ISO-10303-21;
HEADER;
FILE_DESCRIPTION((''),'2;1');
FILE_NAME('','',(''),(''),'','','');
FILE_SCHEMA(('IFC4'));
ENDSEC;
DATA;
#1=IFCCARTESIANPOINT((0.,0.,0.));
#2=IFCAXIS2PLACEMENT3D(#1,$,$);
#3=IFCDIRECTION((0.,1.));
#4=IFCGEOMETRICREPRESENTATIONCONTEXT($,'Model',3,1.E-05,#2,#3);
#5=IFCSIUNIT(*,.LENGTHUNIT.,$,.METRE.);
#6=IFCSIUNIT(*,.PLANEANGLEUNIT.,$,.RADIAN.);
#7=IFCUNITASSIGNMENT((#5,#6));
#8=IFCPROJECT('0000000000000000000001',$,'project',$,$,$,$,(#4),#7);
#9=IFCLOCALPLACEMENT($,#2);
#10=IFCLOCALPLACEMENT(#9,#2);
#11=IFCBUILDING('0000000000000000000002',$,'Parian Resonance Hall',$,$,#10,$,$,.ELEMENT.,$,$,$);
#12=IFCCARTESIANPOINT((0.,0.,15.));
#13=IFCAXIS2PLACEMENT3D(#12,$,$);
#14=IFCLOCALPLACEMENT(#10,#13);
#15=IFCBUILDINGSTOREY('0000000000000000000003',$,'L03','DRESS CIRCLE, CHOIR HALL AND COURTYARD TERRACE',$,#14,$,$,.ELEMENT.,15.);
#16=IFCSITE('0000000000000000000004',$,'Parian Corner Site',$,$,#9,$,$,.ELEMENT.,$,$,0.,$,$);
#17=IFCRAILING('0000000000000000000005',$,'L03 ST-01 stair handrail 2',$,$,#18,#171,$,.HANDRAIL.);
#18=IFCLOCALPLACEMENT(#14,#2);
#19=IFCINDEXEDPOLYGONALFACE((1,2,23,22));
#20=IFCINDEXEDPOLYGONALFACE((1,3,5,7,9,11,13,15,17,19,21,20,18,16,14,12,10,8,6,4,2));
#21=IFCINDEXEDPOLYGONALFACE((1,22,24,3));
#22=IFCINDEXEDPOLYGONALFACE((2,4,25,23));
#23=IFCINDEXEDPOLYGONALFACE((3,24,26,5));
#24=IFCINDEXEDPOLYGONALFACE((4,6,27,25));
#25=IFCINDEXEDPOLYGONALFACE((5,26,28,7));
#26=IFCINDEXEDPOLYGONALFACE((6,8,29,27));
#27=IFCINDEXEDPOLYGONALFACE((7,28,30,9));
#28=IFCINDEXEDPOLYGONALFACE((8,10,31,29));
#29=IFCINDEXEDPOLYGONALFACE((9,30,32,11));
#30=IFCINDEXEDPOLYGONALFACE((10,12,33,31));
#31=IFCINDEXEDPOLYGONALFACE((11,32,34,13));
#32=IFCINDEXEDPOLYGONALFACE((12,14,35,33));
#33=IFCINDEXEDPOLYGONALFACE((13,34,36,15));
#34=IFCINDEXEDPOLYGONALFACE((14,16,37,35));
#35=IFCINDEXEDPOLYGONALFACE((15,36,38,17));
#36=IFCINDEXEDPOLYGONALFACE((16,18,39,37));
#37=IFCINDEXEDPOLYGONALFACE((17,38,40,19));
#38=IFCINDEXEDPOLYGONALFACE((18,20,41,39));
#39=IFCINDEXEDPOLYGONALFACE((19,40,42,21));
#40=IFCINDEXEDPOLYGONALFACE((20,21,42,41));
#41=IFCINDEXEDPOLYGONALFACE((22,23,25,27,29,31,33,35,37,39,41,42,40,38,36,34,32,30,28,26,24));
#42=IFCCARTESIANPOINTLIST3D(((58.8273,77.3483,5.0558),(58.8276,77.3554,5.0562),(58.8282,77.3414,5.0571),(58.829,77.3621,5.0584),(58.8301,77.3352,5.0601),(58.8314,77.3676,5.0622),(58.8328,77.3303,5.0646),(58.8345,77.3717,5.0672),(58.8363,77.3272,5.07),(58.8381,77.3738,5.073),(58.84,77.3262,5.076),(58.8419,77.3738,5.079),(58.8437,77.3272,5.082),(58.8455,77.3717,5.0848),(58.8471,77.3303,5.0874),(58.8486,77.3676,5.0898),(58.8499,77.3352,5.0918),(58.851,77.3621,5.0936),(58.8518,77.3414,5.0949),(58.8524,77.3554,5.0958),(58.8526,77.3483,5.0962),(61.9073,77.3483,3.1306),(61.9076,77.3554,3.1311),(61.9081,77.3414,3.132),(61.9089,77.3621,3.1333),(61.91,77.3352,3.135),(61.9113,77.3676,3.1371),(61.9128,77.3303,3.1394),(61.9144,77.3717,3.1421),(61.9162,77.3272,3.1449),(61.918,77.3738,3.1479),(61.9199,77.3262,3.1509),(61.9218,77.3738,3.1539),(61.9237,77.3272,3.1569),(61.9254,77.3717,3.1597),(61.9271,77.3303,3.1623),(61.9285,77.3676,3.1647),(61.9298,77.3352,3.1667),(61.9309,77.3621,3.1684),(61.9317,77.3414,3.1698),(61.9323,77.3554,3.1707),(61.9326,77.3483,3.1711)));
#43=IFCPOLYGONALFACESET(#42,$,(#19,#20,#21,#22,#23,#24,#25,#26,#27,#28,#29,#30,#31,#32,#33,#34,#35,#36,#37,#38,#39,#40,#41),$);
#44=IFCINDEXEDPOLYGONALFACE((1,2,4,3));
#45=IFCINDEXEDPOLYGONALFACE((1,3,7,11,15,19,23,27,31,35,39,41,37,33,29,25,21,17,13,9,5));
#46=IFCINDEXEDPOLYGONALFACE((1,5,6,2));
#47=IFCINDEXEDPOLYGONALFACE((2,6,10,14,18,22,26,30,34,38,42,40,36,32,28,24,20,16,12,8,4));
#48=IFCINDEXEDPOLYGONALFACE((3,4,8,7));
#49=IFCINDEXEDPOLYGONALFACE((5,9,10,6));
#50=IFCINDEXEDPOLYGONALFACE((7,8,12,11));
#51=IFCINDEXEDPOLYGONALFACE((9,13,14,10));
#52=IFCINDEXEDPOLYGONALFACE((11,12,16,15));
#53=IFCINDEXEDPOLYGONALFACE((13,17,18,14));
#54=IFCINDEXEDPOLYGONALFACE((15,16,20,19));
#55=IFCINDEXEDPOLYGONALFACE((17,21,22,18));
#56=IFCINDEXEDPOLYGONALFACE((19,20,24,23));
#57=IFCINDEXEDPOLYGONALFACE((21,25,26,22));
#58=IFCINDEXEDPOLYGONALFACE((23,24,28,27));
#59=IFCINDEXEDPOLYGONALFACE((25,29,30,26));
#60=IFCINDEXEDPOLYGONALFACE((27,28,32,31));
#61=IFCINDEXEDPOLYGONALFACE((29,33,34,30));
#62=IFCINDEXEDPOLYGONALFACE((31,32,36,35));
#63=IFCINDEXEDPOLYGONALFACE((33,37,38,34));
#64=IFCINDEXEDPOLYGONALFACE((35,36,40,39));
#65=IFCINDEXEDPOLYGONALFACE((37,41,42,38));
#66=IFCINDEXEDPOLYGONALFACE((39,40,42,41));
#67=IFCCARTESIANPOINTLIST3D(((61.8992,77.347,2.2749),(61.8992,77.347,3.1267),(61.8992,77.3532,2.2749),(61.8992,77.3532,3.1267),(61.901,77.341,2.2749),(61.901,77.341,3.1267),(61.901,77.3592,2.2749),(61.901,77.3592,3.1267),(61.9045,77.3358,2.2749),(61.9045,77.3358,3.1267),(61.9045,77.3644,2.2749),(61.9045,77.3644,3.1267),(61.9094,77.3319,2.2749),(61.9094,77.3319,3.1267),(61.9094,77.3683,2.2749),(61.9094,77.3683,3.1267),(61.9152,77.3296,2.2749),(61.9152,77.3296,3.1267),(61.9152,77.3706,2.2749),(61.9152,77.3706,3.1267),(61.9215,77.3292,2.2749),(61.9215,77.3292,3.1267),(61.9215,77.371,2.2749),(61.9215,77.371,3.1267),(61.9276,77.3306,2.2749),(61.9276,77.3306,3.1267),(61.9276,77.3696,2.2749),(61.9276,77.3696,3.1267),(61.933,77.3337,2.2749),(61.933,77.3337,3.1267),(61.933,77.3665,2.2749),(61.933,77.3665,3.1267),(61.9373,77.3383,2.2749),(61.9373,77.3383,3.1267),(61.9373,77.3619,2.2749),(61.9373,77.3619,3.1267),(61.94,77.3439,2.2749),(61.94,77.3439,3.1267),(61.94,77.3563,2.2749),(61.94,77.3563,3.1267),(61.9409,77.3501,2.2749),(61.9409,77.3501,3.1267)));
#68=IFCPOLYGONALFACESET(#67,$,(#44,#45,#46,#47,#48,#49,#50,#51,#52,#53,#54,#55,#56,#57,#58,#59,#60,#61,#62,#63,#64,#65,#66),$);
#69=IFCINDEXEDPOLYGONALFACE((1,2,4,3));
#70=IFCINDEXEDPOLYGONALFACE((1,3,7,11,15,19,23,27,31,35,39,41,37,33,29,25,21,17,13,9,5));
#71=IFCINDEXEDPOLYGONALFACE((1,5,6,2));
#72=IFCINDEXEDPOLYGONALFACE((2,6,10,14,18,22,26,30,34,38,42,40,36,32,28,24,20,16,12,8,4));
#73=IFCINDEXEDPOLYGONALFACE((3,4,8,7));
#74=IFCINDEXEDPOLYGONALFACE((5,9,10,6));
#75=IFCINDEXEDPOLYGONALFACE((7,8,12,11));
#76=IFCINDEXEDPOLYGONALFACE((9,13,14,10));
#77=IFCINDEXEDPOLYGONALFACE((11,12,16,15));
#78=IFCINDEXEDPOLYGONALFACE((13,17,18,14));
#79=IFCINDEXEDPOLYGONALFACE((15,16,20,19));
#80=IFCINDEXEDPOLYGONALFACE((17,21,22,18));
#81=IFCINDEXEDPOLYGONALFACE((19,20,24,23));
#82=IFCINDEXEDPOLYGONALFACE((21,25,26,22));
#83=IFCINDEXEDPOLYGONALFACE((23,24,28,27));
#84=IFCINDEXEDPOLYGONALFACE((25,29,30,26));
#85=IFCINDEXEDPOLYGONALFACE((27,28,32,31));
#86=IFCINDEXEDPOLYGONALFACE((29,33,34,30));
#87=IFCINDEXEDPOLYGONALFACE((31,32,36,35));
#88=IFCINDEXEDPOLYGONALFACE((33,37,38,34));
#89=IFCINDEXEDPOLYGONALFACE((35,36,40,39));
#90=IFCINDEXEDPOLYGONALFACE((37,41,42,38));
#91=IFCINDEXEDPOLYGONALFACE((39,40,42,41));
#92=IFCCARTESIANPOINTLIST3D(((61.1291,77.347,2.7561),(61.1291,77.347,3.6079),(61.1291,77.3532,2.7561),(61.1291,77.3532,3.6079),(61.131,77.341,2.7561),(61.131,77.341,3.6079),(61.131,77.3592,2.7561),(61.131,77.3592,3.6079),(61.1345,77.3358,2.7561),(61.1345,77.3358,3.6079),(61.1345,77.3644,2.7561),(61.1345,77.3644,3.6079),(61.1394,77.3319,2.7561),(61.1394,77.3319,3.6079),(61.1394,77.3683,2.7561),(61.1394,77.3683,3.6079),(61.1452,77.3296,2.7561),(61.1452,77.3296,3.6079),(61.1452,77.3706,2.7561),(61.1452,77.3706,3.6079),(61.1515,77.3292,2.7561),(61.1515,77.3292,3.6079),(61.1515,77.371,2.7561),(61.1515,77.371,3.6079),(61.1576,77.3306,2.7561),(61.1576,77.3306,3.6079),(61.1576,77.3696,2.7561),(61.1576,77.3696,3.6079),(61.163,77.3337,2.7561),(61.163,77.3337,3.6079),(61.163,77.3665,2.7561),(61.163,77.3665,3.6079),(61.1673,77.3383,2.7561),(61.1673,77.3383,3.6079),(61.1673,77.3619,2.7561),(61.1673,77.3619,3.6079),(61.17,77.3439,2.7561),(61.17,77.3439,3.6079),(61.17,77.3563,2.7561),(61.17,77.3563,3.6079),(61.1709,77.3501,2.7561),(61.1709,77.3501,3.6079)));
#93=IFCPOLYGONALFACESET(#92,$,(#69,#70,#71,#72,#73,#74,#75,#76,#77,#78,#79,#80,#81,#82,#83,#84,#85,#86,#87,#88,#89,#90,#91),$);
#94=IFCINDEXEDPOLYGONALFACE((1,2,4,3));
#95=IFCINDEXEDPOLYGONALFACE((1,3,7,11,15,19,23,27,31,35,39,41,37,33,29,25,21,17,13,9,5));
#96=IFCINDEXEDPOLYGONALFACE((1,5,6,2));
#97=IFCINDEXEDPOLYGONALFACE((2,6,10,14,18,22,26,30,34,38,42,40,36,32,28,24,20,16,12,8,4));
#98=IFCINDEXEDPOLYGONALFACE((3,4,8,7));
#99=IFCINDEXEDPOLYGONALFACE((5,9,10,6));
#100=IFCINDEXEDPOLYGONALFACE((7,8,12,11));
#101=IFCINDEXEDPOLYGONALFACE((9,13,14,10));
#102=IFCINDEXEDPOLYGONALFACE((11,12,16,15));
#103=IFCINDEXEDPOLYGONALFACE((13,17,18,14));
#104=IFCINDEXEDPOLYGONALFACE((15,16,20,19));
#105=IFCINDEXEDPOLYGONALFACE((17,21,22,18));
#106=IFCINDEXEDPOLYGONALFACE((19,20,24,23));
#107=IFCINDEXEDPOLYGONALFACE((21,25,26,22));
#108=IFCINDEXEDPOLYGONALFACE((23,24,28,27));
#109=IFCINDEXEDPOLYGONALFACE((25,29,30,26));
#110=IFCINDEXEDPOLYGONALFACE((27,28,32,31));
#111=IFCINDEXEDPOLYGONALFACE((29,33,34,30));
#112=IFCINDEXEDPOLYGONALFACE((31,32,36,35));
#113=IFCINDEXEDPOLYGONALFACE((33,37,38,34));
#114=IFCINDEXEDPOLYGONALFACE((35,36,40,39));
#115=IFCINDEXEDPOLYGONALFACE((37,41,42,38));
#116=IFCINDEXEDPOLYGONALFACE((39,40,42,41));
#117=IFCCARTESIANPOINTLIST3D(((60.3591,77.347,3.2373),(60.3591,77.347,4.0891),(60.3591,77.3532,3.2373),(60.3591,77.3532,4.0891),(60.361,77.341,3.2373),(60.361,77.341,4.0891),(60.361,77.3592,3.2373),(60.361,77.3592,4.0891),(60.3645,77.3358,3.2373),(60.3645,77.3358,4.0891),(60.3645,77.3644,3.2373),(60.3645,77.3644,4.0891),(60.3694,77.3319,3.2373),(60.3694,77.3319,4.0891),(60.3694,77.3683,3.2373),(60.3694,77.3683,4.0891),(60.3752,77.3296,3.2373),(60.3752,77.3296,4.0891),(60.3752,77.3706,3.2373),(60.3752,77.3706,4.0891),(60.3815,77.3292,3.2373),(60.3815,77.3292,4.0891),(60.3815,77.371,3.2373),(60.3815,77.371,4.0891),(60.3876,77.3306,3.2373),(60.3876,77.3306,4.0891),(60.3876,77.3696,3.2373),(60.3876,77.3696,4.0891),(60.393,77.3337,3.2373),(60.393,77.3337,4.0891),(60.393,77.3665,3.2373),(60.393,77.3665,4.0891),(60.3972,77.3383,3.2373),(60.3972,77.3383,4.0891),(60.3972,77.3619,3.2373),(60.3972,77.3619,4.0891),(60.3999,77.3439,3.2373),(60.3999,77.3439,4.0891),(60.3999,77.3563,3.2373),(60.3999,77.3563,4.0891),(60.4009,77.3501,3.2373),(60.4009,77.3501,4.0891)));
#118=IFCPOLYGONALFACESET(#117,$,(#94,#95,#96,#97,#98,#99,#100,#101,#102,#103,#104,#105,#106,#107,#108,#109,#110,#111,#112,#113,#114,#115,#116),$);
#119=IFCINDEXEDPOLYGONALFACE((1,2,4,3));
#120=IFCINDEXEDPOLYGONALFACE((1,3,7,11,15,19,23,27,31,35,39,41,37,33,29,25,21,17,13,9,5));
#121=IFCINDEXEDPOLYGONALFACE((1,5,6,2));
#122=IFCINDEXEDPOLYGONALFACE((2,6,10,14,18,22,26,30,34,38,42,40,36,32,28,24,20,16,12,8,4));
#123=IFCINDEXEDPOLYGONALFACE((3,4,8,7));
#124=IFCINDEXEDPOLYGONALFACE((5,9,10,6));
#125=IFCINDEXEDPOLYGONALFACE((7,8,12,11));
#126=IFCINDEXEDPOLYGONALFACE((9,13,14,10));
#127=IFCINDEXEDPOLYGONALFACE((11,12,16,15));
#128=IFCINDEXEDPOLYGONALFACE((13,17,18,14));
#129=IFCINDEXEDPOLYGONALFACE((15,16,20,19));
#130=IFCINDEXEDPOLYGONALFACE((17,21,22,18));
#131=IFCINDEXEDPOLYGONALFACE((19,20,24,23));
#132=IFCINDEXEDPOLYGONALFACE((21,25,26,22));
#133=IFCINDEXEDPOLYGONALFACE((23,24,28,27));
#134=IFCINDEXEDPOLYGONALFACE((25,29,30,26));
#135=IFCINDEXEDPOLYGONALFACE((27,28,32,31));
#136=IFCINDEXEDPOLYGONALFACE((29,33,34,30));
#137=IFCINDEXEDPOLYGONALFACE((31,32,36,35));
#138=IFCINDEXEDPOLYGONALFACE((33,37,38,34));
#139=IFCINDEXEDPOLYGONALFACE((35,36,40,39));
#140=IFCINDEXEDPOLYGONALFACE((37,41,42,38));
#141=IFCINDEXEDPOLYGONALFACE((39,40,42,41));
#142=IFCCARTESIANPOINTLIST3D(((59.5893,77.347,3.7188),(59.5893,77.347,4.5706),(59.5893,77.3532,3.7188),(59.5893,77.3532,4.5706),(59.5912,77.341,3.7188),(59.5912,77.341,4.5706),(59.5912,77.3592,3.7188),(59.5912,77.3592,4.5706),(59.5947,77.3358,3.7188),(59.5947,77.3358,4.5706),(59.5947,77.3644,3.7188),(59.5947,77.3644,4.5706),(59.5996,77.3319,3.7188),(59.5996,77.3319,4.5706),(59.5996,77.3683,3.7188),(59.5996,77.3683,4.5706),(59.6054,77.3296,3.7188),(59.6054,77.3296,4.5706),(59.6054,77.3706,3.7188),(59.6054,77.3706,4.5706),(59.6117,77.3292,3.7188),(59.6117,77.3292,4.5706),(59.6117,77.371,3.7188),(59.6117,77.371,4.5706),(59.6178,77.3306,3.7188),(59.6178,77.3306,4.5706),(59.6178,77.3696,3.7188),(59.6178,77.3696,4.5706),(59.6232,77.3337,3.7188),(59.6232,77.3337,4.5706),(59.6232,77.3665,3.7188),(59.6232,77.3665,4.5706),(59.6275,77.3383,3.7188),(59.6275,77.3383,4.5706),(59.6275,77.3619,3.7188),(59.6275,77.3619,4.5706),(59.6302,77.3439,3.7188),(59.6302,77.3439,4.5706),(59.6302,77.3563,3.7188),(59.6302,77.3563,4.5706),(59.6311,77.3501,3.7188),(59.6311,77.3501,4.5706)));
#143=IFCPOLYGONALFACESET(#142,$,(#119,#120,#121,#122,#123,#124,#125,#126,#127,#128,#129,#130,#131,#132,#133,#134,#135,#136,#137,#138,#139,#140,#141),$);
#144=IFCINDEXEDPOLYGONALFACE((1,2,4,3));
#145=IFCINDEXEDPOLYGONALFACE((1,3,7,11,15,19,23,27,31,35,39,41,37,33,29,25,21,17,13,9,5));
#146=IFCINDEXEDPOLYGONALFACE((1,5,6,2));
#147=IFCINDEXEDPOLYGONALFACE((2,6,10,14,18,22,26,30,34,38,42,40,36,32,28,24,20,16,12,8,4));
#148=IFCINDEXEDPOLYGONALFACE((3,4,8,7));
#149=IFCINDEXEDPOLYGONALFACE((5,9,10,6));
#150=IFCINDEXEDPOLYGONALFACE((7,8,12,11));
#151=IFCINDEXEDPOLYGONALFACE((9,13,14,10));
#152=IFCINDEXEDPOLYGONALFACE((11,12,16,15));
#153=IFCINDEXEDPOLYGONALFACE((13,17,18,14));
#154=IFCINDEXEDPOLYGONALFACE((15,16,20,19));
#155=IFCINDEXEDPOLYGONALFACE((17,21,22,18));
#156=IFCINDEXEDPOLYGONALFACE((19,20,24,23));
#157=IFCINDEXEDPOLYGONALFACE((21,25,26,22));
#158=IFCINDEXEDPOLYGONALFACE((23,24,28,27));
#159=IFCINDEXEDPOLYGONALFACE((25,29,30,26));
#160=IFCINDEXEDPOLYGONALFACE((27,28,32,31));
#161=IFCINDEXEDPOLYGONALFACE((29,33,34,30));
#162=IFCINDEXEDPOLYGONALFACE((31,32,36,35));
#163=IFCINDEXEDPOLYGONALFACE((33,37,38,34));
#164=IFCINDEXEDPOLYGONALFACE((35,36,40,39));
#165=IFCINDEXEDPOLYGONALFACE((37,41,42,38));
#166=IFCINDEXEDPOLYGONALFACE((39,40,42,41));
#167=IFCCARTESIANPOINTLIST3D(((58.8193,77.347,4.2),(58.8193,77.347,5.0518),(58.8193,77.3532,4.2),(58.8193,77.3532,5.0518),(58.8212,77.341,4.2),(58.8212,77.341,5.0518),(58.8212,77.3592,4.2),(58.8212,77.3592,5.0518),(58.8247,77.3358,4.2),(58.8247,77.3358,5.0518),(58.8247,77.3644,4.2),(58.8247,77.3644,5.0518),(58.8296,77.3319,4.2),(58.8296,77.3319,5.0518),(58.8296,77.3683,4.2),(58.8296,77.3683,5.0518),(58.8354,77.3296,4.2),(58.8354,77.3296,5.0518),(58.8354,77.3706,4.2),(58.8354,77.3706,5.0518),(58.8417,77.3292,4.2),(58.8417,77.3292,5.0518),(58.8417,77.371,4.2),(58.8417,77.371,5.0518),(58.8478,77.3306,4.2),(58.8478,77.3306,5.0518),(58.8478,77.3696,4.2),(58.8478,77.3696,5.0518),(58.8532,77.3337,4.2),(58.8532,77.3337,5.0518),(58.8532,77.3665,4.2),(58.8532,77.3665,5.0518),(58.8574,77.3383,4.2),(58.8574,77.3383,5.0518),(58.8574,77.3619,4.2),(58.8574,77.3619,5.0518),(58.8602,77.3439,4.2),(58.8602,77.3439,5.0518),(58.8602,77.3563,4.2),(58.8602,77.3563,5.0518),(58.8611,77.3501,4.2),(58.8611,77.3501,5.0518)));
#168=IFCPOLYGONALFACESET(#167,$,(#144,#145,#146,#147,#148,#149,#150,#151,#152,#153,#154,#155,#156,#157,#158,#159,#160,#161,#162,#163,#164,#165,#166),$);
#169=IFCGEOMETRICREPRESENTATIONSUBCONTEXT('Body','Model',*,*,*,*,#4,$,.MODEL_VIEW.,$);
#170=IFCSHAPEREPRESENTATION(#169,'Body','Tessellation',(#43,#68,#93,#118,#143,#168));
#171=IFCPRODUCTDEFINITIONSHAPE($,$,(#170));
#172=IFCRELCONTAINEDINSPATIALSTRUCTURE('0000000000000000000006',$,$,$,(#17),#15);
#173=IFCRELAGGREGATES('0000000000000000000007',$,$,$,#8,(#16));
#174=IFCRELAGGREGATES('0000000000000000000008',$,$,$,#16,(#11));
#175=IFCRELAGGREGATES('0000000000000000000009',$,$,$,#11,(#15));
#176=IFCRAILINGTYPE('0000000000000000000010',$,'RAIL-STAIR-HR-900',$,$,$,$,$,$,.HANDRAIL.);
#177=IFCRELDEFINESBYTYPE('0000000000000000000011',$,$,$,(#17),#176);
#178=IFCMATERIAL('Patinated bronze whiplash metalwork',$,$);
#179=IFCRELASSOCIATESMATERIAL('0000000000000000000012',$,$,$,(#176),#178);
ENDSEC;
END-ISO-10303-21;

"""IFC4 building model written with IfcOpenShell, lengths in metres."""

from ifc_helpers import new_model, si_unit, direction, frame, origin, origin_2d, place, context, subcontext, project, spatial, circle, extrude, material, type_object, element, save


model = new_model("IFC4")

# Units and contexts
model_context = context("Model", 3, precision=1e-05, world=origin(), true_north=direction((0.0, 1.0)))
body_context = subcontext(model_context, "Body", "Model", "MODEL_VIEW")
ifc_project = project(units=[si_unit("LENGTHUNIT", "METRE"), si_unit("PLANEANGLEUNIT", "RADIAN")], contexts=[model_context])

# Site, building, storey
site_placement = place(None, origin())
site = spatial("IfcSite", under=ifc_project, at=site_placement, Name="Parian Corner Site", CompositionType="ELEMENT", RefElevation=0.0)
building_placement = place(site_placement, origin())
building = spatial("IfcBuilding", under=site, at=building_placement, Name="Parian Resonance Hall", CompositionType="ELEMENT")
storey_placement = place(building_placement, frame((0.0, 0.0, 15.0)))
storey = spatial("IfcBuildingStorey", under=building, at=storey_placement, Name="L03", Description="DRESS CIRCLE, CHOIR HALL AND COURTYARD TERRACE", CompositionType="ELEMENT", Elevation=15.0)

# Railing
ifc_material_1 = material(Name="Patinated bronze whiplash metalwork")
railing_type_1 = type_object("IfcRailingType", Name="RAIL-STAIR-HR-900", PredefinedType="HANDRAIL", material=ifc_material_1)
railing_1_placement = place(storey_placement, frame((61.9199, 77.3501, 2.2749)))
element("IfcRailing", 1, at=railing_1_placement, inside=storey, type_object=railing_type_1, Name="L03 ST-01 stair handrail 2", PredefinedType="HANDRAIL", context=body_context, shape_type="SweptSolid", body=[
    extrude(circle(Radius=0.0239, at=origin_2d()), frame((0.0, 0.0, 0.876), z_axis=(-0.847979, 0.0, 0.530029), x_axis=(0.0, -1.0, 0.0)), (0.0, 0.0, 1.0), 3.6321),
    extrude(circle(Radius=0.021, at=origin_2d()), origin(), (0.0, 0.0, 1.0), 0.8518),
    extrude(circle(Radius=0.021, at=origin_2d()), frame((-0.77, 0.0, 0.4812)), (0.0, 0.0, 1.0), 0.8518),
    extrude(circle(Radius=0.021, at=origin_2d()), frame((-1.54, 0.0, 0.9624)), (0.0, 0.0, 1.0), 0.8518),
    extrude(circle(Radius=0.021, at=origin_2d()), frame((-2.3098, 0.0, 1.4438)), (0.0, 0.0, 1.0), 0.8518),
    extrude(circle(Radius=0.021, at=origin_2d()), frame((-3.0798, 0.0, 1.925)), (0.0, 0.0, 1.0), 0.8518),
])

save(model, "model.ifc")
